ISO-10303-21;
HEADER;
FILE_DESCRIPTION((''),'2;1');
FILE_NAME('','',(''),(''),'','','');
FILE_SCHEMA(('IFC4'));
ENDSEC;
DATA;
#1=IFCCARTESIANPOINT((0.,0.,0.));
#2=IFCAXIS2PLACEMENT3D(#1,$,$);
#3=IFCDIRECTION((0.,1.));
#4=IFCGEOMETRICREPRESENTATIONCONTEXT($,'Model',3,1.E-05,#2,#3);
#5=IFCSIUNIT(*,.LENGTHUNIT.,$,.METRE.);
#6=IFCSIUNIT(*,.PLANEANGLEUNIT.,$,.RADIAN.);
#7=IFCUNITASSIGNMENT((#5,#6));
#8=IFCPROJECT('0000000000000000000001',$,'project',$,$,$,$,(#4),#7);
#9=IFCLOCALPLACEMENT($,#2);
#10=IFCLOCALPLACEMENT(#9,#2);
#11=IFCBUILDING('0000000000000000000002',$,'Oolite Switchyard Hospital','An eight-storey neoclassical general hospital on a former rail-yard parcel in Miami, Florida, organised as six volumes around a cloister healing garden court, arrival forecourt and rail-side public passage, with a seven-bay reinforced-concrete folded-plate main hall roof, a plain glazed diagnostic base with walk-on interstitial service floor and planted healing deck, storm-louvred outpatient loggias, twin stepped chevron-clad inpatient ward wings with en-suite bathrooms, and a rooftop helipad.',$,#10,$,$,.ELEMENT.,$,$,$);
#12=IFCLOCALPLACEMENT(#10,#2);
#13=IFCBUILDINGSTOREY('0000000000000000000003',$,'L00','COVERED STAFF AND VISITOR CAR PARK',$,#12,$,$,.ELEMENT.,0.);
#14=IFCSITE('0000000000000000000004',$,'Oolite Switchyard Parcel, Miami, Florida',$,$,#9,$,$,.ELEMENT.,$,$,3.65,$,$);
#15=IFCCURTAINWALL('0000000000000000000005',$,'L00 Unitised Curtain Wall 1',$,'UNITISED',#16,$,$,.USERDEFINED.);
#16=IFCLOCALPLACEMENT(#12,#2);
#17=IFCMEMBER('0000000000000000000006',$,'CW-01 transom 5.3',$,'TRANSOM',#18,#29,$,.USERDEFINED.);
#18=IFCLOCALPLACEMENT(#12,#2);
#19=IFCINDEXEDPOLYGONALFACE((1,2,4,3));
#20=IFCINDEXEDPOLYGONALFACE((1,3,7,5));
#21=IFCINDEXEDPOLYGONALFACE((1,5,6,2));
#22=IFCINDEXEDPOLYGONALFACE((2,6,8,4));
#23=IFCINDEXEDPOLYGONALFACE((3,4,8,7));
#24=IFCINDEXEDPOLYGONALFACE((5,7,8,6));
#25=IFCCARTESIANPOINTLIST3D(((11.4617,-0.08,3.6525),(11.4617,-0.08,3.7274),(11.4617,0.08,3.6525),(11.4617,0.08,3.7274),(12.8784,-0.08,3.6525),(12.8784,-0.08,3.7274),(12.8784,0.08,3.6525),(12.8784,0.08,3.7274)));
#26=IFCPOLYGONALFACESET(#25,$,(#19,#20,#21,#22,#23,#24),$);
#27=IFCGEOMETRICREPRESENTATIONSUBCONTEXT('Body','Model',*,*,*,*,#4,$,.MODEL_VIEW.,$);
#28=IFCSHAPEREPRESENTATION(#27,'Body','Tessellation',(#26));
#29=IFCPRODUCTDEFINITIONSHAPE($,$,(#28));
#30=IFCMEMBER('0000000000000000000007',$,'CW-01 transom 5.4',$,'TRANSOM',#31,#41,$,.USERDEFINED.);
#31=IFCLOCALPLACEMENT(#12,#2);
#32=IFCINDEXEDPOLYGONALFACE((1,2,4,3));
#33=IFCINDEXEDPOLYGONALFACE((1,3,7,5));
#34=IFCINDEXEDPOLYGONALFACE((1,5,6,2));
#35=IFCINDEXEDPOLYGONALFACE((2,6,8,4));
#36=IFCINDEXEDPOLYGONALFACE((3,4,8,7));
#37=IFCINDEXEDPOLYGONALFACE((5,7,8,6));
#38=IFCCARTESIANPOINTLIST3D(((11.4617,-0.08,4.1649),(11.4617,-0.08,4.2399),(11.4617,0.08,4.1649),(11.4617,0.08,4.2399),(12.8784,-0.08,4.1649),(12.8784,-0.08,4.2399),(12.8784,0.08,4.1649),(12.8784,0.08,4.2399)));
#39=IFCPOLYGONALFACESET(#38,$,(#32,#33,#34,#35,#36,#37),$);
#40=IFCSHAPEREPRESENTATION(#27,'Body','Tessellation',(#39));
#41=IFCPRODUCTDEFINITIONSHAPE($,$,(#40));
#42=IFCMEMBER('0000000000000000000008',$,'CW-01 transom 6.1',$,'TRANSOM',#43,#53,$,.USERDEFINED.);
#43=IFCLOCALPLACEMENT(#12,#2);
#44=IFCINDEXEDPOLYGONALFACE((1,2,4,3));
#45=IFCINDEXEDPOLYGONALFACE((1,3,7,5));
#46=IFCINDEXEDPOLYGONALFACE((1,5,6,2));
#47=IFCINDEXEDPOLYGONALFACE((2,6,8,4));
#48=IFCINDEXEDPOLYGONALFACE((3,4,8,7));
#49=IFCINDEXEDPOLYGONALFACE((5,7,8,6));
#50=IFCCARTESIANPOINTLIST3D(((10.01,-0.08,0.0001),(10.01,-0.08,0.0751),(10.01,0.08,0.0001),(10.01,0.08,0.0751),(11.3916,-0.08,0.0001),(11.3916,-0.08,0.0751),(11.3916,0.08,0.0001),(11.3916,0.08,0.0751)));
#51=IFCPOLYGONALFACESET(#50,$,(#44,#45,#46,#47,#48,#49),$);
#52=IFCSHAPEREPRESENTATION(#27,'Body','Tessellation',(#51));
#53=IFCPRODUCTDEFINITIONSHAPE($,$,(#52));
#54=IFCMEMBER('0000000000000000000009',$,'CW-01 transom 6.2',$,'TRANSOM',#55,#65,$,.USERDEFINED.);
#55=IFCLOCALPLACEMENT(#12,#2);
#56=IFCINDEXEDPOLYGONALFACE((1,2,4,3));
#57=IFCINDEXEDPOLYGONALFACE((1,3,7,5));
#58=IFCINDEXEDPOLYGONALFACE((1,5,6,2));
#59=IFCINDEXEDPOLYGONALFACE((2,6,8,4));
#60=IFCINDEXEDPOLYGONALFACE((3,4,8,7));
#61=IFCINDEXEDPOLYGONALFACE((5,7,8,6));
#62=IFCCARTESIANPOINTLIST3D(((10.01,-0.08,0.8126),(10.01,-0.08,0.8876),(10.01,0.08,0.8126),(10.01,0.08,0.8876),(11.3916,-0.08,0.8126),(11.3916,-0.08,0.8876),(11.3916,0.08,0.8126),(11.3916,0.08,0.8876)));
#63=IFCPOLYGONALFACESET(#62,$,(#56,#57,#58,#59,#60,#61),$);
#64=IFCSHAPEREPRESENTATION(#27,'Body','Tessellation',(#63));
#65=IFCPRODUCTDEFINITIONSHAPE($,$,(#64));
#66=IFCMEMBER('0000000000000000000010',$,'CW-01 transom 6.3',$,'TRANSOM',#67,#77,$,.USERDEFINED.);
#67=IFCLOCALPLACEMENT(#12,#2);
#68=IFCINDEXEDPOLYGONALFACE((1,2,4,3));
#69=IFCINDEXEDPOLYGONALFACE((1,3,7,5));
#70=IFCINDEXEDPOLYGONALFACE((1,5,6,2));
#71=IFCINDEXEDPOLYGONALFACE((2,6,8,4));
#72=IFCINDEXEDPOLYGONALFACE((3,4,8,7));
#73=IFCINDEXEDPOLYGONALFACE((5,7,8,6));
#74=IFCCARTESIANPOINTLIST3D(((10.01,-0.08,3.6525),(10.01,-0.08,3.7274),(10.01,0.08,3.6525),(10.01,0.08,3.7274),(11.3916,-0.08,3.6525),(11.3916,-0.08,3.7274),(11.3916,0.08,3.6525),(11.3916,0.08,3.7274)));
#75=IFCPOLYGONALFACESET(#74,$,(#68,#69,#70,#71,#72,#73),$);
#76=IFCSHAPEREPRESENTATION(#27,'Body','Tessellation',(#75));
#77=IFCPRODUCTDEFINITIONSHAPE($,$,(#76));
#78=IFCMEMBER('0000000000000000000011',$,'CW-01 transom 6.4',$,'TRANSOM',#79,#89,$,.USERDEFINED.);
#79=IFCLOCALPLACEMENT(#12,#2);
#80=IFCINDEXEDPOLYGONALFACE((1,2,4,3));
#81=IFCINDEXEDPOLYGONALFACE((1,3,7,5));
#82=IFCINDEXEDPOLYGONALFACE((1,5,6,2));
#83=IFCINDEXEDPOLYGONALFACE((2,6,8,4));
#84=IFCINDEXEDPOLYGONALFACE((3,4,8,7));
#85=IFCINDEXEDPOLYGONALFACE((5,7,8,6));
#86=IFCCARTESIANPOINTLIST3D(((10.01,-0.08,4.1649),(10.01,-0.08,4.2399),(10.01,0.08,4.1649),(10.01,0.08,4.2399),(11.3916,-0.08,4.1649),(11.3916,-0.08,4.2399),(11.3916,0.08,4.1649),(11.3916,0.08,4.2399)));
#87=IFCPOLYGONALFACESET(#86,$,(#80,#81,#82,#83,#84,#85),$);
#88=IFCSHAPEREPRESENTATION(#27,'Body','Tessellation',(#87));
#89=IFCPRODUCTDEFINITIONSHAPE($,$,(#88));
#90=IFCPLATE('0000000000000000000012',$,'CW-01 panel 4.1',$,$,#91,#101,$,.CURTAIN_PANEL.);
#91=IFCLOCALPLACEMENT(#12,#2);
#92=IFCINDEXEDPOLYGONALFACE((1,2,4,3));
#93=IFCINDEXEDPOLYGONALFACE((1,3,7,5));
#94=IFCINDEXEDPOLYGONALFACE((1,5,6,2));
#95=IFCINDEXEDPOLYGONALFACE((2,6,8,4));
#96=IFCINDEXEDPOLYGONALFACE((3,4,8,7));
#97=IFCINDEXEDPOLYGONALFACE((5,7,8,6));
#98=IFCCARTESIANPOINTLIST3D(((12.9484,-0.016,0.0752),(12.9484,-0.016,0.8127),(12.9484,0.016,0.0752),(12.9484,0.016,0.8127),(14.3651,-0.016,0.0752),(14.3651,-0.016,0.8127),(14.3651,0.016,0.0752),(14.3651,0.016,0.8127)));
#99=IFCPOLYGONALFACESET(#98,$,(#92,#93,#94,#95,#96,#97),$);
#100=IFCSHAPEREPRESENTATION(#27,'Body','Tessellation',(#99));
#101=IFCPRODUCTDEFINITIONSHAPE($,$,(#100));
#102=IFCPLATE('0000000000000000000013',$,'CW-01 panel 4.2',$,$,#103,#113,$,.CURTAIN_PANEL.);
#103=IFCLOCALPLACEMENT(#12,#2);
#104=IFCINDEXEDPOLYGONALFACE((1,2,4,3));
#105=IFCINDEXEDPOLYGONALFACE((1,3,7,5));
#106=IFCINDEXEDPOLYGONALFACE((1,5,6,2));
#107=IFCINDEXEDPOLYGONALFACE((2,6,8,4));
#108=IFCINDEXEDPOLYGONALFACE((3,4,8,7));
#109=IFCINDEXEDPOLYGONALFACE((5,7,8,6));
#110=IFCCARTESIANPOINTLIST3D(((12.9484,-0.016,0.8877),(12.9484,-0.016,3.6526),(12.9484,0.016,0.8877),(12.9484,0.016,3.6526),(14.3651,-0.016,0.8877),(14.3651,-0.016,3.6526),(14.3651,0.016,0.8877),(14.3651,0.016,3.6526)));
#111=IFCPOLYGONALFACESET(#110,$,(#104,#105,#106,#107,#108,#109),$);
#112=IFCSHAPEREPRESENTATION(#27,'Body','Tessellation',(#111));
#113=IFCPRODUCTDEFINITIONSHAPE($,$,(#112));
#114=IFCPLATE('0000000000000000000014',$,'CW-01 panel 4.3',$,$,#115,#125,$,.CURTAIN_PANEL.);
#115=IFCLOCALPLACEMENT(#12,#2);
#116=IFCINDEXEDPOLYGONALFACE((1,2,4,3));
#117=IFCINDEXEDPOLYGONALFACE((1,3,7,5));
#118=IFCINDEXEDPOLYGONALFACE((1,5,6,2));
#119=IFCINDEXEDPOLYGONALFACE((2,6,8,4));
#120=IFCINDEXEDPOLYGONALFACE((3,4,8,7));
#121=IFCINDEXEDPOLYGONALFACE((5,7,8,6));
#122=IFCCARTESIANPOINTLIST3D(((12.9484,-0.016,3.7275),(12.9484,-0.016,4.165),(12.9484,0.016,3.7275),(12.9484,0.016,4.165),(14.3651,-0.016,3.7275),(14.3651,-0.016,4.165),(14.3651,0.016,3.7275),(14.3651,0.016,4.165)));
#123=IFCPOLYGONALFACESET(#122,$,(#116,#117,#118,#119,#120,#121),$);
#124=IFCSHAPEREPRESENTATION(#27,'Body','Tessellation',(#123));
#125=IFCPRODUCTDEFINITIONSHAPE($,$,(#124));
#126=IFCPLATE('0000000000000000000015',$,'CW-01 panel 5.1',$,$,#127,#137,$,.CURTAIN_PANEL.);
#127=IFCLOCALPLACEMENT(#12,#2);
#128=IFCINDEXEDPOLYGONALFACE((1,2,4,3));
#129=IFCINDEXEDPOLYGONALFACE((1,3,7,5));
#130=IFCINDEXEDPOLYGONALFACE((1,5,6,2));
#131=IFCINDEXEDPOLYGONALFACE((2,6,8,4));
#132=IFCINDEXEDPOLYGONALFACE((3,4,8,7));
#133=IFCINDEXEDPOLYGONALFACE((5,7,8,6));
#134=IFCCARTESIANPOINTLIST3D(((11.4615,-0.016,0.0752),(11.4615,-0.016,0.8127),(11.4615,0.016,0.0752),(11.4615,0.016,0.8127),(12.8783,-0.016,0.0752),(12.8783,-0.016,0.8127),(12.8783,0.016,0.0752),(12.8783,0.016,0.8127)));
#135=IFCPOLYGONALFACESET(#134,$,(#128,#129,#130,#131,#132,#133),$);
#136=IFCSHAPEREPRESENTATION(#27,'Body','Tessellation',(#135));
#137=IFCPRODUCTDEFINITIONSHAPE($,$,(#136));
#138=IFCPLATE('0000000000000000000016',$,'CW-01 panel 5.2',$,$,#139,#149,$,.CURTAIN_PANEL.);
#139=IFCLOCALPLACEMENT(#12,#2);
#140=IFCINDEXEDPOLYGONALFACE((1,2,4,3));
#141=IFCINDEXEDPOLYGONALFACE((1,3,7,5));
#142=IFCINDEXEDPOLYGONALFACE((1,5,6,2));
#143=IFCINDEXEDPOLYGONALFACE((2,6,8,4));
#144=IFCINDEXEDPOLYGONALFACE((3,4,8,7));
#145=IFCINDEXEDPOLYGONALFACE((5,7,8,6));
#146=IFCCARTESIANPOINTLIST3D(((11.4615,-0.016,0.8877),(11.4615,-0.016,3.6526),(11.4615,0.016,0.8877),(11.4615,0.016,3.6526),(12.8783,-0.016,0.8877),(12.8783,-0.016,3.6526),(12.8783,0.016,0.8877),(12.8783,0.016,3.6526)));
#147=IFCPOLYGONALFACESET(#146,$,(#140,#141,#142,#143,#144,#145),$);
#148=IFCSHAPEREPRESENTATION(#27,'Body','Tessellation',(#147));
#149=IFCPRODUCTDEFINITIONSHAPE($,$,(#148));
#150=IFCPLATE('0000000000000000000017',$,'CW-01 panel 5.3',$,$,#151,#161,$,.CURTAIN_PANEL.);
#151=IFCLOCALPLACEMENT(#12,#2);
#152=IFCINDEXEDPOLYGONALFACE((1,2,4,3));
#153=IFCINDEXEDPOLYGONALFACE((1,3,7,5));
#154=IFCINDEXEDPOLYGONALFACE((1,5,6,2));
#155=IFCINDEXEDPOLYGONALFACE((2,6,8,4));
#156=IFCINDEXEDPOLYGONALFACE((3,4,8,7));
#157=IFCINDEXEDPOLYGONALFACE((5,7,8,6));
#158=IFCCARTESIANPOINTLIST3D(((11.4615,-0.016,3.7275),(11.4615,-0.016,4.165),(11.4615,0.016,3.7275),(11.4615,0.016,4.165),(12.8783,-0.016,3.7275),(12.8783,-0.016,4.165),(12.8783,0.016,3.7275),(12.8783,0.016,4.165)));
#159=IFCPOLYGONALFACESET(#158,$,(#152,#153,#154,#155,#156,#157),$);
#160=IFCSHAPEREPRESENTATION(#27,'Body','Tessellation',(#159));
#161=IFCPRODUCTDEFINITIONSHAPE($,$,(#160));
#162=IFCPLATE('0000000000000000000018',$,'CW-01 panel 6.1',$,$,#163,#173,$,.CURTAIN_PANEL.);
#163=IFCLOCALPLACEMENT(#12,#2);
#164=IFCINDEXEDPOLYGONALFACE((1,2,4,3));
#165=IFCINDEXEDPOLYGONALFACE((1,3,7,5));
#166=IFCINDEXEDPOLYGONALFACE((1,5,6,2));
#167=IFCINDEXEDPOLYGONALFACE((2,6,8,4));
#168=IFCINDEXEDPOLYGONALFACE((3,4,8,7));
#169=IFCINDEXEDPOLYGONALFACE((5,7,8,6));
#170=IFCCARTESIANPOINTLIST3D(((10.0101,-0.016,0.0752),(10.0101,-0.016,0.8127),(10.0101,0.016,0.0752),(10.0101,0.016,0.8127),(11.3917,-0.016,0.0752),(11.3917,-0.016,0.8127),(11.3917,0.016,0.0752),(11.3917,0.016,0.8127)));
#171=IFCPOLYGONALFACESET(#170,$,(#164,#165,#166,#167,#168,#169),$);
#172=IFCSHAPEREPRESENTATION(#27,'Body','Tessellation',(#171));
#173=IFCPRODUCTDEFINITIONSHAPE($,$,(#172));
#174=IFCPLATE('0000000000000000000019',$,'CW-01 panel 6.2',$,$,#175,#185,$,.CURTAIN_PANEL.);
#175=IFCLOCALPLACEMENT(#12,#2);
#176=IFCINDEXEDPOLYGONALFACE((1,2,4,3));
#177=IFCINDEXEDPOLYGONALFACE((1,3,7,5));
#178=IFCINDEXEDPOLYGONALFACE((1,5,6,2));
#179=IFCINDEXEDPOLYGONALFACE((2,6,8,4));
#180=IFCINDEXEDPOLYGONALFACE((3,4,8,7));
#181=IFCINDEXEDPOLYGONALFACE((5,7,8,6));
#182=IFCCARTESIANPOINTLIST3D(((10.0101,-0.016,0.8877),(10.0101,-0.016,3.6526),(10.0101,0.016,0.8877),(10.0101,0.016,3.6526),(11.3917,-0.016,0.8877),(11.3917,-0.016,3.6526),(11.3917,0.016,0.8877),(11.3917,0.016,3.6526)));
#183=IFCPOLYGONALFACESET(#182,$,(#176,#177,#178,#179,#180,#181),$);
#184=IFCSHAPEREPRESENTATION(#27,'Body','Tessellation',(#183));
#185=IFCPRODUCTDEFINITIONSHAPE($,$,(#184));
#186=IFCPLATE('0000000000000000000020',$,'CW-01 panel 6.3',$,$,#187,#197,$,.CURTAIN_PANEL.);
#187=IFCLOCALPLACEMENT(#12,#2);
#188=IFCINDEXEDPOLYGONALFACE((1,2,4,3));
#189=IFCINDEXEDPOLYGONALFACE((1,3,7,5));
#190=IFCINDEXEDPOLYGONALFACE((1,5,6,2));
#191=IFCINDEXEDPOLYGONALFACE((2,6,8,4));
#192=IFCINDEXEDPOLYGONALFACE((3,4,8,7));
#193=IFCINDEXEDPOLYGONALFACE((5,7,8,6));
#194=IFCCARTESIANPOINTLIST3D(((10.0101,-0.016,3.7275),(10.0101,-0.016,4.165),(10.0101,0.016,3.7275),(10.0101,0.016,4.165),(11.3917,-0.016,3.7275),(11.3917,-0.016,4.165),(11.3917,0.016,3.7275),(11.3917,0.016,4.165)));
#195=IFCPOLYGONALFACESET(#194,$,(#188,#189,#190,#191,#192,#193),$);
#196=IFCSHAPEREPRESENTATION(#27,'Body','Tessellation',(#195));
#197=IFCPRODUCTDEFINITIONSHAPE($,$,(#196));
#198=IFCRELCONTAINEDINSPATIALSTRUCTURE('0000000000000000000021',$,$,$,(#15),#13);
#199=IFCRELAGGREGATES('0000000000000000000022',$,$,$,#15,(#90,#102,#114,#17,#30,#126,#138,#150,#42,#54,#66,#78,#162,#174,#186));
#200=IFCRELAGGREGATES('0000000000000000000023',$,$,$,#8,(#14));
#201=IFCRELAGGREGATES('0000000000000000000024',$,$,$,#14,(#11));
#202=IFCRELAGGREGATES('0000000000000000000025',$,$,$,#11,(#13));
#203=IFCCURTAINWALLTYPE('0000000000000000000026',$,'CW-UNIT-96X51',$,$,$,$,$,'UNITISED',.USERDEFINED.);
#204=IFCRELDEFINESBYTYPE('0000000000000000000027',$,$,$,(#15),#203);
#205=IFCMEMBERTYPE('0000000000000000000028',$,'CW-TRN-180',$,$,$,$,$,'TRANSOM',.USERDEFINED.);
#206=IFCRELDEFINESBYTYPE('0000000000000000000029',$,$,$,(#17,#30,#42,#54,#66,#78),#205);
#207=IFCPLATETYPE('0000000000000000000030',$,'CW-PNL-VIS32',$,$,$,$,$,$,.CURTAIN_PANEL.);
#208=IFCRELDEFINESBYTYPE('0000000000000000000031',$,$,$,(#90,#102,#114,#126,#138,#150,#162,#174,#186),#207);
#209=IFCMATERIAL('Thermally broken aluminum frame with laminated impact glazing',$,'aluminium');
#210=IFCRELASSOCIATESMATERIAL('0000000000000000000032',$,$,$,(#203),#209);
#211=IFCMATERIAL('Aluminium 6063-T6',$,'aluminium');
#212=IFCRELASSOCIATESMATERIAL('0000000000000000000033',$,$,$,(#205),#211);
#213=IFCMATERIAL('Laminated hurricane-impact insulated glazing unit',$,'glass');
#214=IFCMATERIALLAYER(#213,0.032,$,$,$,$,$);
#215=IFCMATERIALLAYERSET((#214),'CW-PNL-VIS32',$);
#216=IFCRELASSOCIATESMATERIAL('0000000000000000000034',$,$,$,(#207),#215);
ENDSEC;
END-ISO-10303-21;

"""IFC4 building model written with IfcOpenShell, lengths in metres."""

from ifc_helpers import new_model, si_unit, direction, frame, origin, origin_2d, place, context, subcontext, project, spatial, rectangle, extrude, material, layer, layer_set, material_profile, profile_set, type_object, element, aggregate, save


model = new_model("IFC4")

# Units and contexts
model_context = context("Model", 3, precision=1e-05, world=origin(), true_north=direction((0.0, 1.0)))
body_context = subcontext(model_context, "Body", "Model", "MODEL_VIEW")
ifc_project = project(units=[si_unit("LENGTHUNIT", "METRE"), si_unit("PLANEANGLEUNIT", "RADIAN")], contexts=[model_context])

# Site, building, storey
site_placement = place(None, origin())
site = spatial("IfcSite", under=ifc_project, at=site_placement, Name="Oolite Switchyard Parcel, Miami, Florida", CompositionType="ELEMENT", RefElevation=3.65)
building_placement = place(site_placement, origin())
building = spatial("IfcBuilding", under=site, at=building_placement, Name="Oolite Switchyard Hospital", Description="An eight-storey neoclassical general hospital on a former rail-yard parcel in Miami, Florida, organised as six volumes around a cloister healing garden court, arrival forecourt and rail-side public passage, with a seven-bay reinforced-concrete folded-plate main hall roof, a plain glazed diagnostic base with walk-on interstitial service floor and planted healing deck, storm-louvred outpatient loggias, twin stepped chevron-clad inpatient ward wings with en-suite bathrooms, and a rooftop helipad.", CompositionType="ELEMENT")
storey_placement = place(building_placement, origin())
storey = spatial("IfcBuildingStorey", under=building, at=storey_placement, Name="L00", Description="COVERED STAFF AND VISITOR CAR PARK", CompositionType="ELEMENT", Elevation=0.0)

# Curtain wall, members, plates
ifc_material_1 = material(Name="Thermally broken aluminum frame with laminated impact glazing", Category="aluminium")
curtain_wall_type = type_object("IfcCurtainWallType", Name="CW-UNIT-96X51", ElementType="UNITISED", PredefinedType="USERDEFINED", material=ifc_material_1)
curtain_wall_placement = place(storey_placement, origin())
curtain_wall = element("IfcCurtainWall", 1, at=curtain_wall_placement, inside=storey, type_object=curtain_wall_type, Name="L00 Unitised Curtain Wall 1", ObjectType="UNITISED", PredefinedType="USERDEFINED")
ifc_material_2 = material(Name="Aluminium 6063-T6", Category="aluminium")
ifc_material_profile_1 = material_profile(ifc_material_2, rectangle(XDim=0.1599, YDim=0.075, at=origin_2d()), Name="CWT75X160")
ifc_profile_set_1 = profile_set([ifc_material_profile_1], Name="Aluminium 6063-T6")
member_type_1 = type_object("IfcMemberType", Name="CW-TRN-180", ElementType="TRANSOM", PredefinedType="USERDEFINED", material=ifc_profile_set_1)
member_1_placement = place(storey_placement, frame((12.8784, 0.0, 3.6899), z_axis=(-1.0, 0.0, 0.0), x_axis=(0.0, -1.0, 0.0)))
member_1 = element("IfcMember", 2, at=member_1_placement, type_object=member_type_1, Name="CW-01 transom 5.3", ObjectType="TRANSOM", PredefinedType="USERDEFINED", context=body_context, shape_type="SweptSolid", body=[
    extrude(rectangle(XDim=0.1599, YDim=0.075, at=origin_2d()), origin(), (0.0, 0.0, 1.0), 1.4167),
])
member_2_placement = place(storey_placement, frame((12.8784, 0.0, 4.2024), z_axis=(-1.0, 0.0, 0.0), x_axis=(0.0, -1.0, 0.0)))
member_2 = element("IfcMember", 3, at=member_2_placement, type_object=member_type_1, Name="CW-01 transom 5.4", ObjectType="TRANSOM", PredefinedType="USERDEFINED", context=body_context, shape_type="SweptSolid", body=[
    extrude(rectangle(XDim=0.1599, YDim=0.075, at=origin_2d()), origin(), (0.0, 0.0, 1.0), 1.4167),
])
member_3_placement = place(storey_placement, frame((11.3916, 0.0, 0.0376), z_axis=(-1.0, 0.0, 0.0), x_axis=(0.0, -1.0, 0.0)))
member_3 = element("IfcMember", 4, at=member_3_placement, type_object=member_type_1, Name="CW-01 transom 6.1", ObjectType="TRANSOM", PredefinedType="USERDEFINED", context=body_context, shape_type="SweptSolid", body=[
    extrude(rectangle(XDim=0.1599, YDim=0.075, at=origin_2d()), origin(), (0.0, 0.0, 1.0), 1.3816),
])
member_4_placement = place(storey_placement, frame((11.3916, 0.0, 0.8501), z_axis=(-1.0, 0.0, 0.0), x_axis=(0.0, -1.0, 0.0)))
member_4 = element("IfcMember", 5, at=member_4_placement, type_object=member_type_1, Name="CW-01 transom 6.2", ObjectType="TRANSOM", PredefinedType="USERDEFINED", context=body_context, shape_type="SweptSolid", body=[
    extrude(rectangle(XDim=0.1599, YDim=0.075, at=origin_2d()), origin(), (0.0, 0.0, 1.0), 1.3816),
])
member_5_placement = place(storey_placement, frame((11.3916, 0.0, 3.6899), z_axis=(-1.0, 0.0, 0.0), x_axis=(0.0, -1.0, 0.0)))
member_5 = element("IfcMember", 6, at=member_5_placement, type_object=member_type_1, Name="CW-01 transom 6.3", ObjectType="TRANSOM", PredefinedType="USERDEFINED", context=body_context, shape_type="SweptSolid", body=[
    extrude(rectangle(XDim=0.1599, YDim=0.075, at=origin_2d()), origin(), (0.0, 0.0, 1.0), 1.3816),
])
member_6_placement = place(storey_placement, frame((11.3916, 0.0, 4.2024), z_axis=(-1.0, 0.0, 0.0), x_axis=(0.0, -1.0, 0.0)))
member_6 = element("IfcMember", 7, at=member_6_placement, type_object=member_type_1, Name="CW-01 transom 6.4", ObjectType="TRANSOM", PredefinedType="USERDEFINED", context=body_context, shape_type="SweptSolid", body=[
    extrude(rectangle(XDim=0.1599, YDim=0.075, at=origin_2d()), origin(), (0.0, 0.0, 1.0), 1.3816),
])
ifc_material_3 = material(Name="Laminated hurricane-impact insulated glazing unit", Category="glass")
ifc_layer = layer(ifc_material_3, 0.032)
ifc_layer_set = layer_set([ifc_layer], Name="CW-PNL-VIS32")
plate_type = type_object("IfcPlateType", Name="CW-PNL-VIS32", PredefinedType="CURTAIN_PANEL", material=ifc_layer_set)
plate_1_placement = place(storey_placement, frame((13.6567, 0.0, 0.0752), z_axis=(0.0, 0.0, 1.0), x_axis=(-1.0, 0.0, 0.0)))
plate_1 = element("IfcPlate", 8, at=plate_1_placement, type_object=plate_type, Name="CW-01 panel 4.1", PredefinedType="CURTAIN_PANEL", context=body_context, shape_type="SweptSolid", body=[
    extrude(rectangle(XDim=1.4167, YDim=0.032, at=origin_2d()), origin(), (0.0, 0.0, 1.0), 0.7375),
])
plate_2_placement = place(storey_placement, frame((13.6567, 0.0, 0.8877), z_axis=(0.0, 0.0, 1.0), x_axis=(-1.0, 0.0, 0.0)))
plate_2 = element("IfcPlate", 9, at=plate_2_placement, type_object=plate_type, Name="CW-01 panel 4.2", PredefinedType="CURTAIN_PANEL", context=body_context, shape_type="SweptSolid", body=[
    extrude(rectangle(XDim=1.4167, YDim=0.032, at=origin_2d()), origin(), (0.0, 0.0, 1.0), 2.7649),
])
plate_3_placement = place(storey_placement, frame((13.6567, 0.0, 3.7275), z_axis=(0.0, 0.0, 1.0), x_axis=(-1.0, 0.0, 0.0)))
plate_3 = element("IfcPlate", 10, at=plate_3_placement, type_object=plate_type, Name="CW-01 panel 4.3", PredefinedType="CURTAIN_PANEL", context=body_context, shape_type="SweptSolid", body=[
    extrude(rectangle(XDim=1.4167, YDim=0.032, at=origin_2d()), origin(), (0.0, 0.0, 1.0), 0.4375),
])
plate_4_placement = place(storey_placement, frame((12.1699, 0.0, 0.0752), z_axis=(0.0, 0.0, 1.0), x_axis=(-1.0, 0.0, 0.0)))
plate_4 = element("IfcPlate", 11, at=plate_4_placement, type_object=plate_type, Name="CW-01 panel 5.1", PredefinedType="CURTAIN_PANEL", context=body_context, shape_type="SweptSolid", body=[
    extrude(rectangle(XDim=1.4167, YDim=0.032, at=origin_2d()), origin(), (0.0, 0.0, 1.0), 0.7375),
])
plate_5_placement = place(storey_placement, frame((12.1699, 0.0, 0.8877), z_axis=(0.0, 0.0, 1.0), x_axis=(-1.0, 0.0, 0.0)))
plate_5 = element("IfcPlate", 12, at=plate_5_placement, type_object=plate_type, Name="CW-01 panel 5.2", PredefinedType="CURTAIN_PANEL", context=body_context, shape_type="SweptSolid", body=[
    extrude(rectangle(XDim=1.4167, YDim=0.032, at=origin_2d()), origin(), (0.0, 0.0, 1.0), 2.7649),
])
plate_6_placement = place(storey_placement, frame((12.1699, 0.0, 3.7275), z_axis=(0.0, 0.0, 1.0), x_axis=(-1.0, 0.0, 0.0)))
plate_6 = element("IfcPlate", 13, at=plate_6_placement, type_object=plate_type, Name="CW-01 panel 5.3", PredefinedType="CURTAIN_PANEL", context=body_context, shape_type="SweptSolid", body=[
    extrude(rectangle(XDim=1.4167, YDim=0.032, at=origin_2d()), origin(), (0.0, 0.0, 1.0), 0.4375),
])
plate_7_placement = place(storey_placement, frame((10.7009, 0.0, 0.0752), z_axis=(0.0, 0.0, 1.0), x_axis=(-1.0, 0.0, 0.0)))
plate_7 = element("IfcPlate", 14, at=plate_7_placement, type_object=plate_type, Name="CW-01 panel 6.1", PredefinedType="CURTAIN_PANEL", context=body_context, shape_type="SweptSolid", body=[
    extrude(rectangle(XDim=1.3816, YDim=0.032, at=origin_2d()), origin(), (0.0, 0.0, 1.0), 0.7375),
])
plate_8_placement = place(storey_placement, frame((10.7009, 0.0, 0.8877), z_axis=(0.0, 0.0, 1.0), x_axis=(-1.0, 0.0, 0.0)))
plate_8 = element("IfcPlate", 15, at=plate_8_placement, type_object=plate_type, Name="CW-01 panel 6.2", PredefinedType="CURTAIN_PANEL", context=body_context, shape_type="SweptSolid", body=[
    extrude(rectangle(XDim=1.3816, YDim=0.032, at=origin_2d()), origin(), (0.0, 0.0, 1.0), 2.7649),
])
plate_9_placement = place(storey_placement, frame((10.7009, 0.0, 3.7275), z_axis=(0.0, 0.0, 1.0), x_axis=(-1.0, 0.0, 0.0)))
plate_9 = element("IfcPlate", 16, at=plate_9_placement, type_object=plate_type, Name="CW-01 panel 6.3", PredefinedType="CURTAIN_PANEL", context=body_context, shape_type="SweptSolid", body=[
    extrude(rectangle(XDim=1.3816, YDim=0.032, at=origin_2d()), origin(), (0.0, 0.0, 1.0), 0.4375),
])
aggregate(curtain_wall, [plate_1, plate_2, plate_3, member_1, member_2, plate_4, plate_5, plate_6, member_3, member_4, member_5, member_6, plate_7, plate_8, plate_9])

save(model, "model.ifc")
